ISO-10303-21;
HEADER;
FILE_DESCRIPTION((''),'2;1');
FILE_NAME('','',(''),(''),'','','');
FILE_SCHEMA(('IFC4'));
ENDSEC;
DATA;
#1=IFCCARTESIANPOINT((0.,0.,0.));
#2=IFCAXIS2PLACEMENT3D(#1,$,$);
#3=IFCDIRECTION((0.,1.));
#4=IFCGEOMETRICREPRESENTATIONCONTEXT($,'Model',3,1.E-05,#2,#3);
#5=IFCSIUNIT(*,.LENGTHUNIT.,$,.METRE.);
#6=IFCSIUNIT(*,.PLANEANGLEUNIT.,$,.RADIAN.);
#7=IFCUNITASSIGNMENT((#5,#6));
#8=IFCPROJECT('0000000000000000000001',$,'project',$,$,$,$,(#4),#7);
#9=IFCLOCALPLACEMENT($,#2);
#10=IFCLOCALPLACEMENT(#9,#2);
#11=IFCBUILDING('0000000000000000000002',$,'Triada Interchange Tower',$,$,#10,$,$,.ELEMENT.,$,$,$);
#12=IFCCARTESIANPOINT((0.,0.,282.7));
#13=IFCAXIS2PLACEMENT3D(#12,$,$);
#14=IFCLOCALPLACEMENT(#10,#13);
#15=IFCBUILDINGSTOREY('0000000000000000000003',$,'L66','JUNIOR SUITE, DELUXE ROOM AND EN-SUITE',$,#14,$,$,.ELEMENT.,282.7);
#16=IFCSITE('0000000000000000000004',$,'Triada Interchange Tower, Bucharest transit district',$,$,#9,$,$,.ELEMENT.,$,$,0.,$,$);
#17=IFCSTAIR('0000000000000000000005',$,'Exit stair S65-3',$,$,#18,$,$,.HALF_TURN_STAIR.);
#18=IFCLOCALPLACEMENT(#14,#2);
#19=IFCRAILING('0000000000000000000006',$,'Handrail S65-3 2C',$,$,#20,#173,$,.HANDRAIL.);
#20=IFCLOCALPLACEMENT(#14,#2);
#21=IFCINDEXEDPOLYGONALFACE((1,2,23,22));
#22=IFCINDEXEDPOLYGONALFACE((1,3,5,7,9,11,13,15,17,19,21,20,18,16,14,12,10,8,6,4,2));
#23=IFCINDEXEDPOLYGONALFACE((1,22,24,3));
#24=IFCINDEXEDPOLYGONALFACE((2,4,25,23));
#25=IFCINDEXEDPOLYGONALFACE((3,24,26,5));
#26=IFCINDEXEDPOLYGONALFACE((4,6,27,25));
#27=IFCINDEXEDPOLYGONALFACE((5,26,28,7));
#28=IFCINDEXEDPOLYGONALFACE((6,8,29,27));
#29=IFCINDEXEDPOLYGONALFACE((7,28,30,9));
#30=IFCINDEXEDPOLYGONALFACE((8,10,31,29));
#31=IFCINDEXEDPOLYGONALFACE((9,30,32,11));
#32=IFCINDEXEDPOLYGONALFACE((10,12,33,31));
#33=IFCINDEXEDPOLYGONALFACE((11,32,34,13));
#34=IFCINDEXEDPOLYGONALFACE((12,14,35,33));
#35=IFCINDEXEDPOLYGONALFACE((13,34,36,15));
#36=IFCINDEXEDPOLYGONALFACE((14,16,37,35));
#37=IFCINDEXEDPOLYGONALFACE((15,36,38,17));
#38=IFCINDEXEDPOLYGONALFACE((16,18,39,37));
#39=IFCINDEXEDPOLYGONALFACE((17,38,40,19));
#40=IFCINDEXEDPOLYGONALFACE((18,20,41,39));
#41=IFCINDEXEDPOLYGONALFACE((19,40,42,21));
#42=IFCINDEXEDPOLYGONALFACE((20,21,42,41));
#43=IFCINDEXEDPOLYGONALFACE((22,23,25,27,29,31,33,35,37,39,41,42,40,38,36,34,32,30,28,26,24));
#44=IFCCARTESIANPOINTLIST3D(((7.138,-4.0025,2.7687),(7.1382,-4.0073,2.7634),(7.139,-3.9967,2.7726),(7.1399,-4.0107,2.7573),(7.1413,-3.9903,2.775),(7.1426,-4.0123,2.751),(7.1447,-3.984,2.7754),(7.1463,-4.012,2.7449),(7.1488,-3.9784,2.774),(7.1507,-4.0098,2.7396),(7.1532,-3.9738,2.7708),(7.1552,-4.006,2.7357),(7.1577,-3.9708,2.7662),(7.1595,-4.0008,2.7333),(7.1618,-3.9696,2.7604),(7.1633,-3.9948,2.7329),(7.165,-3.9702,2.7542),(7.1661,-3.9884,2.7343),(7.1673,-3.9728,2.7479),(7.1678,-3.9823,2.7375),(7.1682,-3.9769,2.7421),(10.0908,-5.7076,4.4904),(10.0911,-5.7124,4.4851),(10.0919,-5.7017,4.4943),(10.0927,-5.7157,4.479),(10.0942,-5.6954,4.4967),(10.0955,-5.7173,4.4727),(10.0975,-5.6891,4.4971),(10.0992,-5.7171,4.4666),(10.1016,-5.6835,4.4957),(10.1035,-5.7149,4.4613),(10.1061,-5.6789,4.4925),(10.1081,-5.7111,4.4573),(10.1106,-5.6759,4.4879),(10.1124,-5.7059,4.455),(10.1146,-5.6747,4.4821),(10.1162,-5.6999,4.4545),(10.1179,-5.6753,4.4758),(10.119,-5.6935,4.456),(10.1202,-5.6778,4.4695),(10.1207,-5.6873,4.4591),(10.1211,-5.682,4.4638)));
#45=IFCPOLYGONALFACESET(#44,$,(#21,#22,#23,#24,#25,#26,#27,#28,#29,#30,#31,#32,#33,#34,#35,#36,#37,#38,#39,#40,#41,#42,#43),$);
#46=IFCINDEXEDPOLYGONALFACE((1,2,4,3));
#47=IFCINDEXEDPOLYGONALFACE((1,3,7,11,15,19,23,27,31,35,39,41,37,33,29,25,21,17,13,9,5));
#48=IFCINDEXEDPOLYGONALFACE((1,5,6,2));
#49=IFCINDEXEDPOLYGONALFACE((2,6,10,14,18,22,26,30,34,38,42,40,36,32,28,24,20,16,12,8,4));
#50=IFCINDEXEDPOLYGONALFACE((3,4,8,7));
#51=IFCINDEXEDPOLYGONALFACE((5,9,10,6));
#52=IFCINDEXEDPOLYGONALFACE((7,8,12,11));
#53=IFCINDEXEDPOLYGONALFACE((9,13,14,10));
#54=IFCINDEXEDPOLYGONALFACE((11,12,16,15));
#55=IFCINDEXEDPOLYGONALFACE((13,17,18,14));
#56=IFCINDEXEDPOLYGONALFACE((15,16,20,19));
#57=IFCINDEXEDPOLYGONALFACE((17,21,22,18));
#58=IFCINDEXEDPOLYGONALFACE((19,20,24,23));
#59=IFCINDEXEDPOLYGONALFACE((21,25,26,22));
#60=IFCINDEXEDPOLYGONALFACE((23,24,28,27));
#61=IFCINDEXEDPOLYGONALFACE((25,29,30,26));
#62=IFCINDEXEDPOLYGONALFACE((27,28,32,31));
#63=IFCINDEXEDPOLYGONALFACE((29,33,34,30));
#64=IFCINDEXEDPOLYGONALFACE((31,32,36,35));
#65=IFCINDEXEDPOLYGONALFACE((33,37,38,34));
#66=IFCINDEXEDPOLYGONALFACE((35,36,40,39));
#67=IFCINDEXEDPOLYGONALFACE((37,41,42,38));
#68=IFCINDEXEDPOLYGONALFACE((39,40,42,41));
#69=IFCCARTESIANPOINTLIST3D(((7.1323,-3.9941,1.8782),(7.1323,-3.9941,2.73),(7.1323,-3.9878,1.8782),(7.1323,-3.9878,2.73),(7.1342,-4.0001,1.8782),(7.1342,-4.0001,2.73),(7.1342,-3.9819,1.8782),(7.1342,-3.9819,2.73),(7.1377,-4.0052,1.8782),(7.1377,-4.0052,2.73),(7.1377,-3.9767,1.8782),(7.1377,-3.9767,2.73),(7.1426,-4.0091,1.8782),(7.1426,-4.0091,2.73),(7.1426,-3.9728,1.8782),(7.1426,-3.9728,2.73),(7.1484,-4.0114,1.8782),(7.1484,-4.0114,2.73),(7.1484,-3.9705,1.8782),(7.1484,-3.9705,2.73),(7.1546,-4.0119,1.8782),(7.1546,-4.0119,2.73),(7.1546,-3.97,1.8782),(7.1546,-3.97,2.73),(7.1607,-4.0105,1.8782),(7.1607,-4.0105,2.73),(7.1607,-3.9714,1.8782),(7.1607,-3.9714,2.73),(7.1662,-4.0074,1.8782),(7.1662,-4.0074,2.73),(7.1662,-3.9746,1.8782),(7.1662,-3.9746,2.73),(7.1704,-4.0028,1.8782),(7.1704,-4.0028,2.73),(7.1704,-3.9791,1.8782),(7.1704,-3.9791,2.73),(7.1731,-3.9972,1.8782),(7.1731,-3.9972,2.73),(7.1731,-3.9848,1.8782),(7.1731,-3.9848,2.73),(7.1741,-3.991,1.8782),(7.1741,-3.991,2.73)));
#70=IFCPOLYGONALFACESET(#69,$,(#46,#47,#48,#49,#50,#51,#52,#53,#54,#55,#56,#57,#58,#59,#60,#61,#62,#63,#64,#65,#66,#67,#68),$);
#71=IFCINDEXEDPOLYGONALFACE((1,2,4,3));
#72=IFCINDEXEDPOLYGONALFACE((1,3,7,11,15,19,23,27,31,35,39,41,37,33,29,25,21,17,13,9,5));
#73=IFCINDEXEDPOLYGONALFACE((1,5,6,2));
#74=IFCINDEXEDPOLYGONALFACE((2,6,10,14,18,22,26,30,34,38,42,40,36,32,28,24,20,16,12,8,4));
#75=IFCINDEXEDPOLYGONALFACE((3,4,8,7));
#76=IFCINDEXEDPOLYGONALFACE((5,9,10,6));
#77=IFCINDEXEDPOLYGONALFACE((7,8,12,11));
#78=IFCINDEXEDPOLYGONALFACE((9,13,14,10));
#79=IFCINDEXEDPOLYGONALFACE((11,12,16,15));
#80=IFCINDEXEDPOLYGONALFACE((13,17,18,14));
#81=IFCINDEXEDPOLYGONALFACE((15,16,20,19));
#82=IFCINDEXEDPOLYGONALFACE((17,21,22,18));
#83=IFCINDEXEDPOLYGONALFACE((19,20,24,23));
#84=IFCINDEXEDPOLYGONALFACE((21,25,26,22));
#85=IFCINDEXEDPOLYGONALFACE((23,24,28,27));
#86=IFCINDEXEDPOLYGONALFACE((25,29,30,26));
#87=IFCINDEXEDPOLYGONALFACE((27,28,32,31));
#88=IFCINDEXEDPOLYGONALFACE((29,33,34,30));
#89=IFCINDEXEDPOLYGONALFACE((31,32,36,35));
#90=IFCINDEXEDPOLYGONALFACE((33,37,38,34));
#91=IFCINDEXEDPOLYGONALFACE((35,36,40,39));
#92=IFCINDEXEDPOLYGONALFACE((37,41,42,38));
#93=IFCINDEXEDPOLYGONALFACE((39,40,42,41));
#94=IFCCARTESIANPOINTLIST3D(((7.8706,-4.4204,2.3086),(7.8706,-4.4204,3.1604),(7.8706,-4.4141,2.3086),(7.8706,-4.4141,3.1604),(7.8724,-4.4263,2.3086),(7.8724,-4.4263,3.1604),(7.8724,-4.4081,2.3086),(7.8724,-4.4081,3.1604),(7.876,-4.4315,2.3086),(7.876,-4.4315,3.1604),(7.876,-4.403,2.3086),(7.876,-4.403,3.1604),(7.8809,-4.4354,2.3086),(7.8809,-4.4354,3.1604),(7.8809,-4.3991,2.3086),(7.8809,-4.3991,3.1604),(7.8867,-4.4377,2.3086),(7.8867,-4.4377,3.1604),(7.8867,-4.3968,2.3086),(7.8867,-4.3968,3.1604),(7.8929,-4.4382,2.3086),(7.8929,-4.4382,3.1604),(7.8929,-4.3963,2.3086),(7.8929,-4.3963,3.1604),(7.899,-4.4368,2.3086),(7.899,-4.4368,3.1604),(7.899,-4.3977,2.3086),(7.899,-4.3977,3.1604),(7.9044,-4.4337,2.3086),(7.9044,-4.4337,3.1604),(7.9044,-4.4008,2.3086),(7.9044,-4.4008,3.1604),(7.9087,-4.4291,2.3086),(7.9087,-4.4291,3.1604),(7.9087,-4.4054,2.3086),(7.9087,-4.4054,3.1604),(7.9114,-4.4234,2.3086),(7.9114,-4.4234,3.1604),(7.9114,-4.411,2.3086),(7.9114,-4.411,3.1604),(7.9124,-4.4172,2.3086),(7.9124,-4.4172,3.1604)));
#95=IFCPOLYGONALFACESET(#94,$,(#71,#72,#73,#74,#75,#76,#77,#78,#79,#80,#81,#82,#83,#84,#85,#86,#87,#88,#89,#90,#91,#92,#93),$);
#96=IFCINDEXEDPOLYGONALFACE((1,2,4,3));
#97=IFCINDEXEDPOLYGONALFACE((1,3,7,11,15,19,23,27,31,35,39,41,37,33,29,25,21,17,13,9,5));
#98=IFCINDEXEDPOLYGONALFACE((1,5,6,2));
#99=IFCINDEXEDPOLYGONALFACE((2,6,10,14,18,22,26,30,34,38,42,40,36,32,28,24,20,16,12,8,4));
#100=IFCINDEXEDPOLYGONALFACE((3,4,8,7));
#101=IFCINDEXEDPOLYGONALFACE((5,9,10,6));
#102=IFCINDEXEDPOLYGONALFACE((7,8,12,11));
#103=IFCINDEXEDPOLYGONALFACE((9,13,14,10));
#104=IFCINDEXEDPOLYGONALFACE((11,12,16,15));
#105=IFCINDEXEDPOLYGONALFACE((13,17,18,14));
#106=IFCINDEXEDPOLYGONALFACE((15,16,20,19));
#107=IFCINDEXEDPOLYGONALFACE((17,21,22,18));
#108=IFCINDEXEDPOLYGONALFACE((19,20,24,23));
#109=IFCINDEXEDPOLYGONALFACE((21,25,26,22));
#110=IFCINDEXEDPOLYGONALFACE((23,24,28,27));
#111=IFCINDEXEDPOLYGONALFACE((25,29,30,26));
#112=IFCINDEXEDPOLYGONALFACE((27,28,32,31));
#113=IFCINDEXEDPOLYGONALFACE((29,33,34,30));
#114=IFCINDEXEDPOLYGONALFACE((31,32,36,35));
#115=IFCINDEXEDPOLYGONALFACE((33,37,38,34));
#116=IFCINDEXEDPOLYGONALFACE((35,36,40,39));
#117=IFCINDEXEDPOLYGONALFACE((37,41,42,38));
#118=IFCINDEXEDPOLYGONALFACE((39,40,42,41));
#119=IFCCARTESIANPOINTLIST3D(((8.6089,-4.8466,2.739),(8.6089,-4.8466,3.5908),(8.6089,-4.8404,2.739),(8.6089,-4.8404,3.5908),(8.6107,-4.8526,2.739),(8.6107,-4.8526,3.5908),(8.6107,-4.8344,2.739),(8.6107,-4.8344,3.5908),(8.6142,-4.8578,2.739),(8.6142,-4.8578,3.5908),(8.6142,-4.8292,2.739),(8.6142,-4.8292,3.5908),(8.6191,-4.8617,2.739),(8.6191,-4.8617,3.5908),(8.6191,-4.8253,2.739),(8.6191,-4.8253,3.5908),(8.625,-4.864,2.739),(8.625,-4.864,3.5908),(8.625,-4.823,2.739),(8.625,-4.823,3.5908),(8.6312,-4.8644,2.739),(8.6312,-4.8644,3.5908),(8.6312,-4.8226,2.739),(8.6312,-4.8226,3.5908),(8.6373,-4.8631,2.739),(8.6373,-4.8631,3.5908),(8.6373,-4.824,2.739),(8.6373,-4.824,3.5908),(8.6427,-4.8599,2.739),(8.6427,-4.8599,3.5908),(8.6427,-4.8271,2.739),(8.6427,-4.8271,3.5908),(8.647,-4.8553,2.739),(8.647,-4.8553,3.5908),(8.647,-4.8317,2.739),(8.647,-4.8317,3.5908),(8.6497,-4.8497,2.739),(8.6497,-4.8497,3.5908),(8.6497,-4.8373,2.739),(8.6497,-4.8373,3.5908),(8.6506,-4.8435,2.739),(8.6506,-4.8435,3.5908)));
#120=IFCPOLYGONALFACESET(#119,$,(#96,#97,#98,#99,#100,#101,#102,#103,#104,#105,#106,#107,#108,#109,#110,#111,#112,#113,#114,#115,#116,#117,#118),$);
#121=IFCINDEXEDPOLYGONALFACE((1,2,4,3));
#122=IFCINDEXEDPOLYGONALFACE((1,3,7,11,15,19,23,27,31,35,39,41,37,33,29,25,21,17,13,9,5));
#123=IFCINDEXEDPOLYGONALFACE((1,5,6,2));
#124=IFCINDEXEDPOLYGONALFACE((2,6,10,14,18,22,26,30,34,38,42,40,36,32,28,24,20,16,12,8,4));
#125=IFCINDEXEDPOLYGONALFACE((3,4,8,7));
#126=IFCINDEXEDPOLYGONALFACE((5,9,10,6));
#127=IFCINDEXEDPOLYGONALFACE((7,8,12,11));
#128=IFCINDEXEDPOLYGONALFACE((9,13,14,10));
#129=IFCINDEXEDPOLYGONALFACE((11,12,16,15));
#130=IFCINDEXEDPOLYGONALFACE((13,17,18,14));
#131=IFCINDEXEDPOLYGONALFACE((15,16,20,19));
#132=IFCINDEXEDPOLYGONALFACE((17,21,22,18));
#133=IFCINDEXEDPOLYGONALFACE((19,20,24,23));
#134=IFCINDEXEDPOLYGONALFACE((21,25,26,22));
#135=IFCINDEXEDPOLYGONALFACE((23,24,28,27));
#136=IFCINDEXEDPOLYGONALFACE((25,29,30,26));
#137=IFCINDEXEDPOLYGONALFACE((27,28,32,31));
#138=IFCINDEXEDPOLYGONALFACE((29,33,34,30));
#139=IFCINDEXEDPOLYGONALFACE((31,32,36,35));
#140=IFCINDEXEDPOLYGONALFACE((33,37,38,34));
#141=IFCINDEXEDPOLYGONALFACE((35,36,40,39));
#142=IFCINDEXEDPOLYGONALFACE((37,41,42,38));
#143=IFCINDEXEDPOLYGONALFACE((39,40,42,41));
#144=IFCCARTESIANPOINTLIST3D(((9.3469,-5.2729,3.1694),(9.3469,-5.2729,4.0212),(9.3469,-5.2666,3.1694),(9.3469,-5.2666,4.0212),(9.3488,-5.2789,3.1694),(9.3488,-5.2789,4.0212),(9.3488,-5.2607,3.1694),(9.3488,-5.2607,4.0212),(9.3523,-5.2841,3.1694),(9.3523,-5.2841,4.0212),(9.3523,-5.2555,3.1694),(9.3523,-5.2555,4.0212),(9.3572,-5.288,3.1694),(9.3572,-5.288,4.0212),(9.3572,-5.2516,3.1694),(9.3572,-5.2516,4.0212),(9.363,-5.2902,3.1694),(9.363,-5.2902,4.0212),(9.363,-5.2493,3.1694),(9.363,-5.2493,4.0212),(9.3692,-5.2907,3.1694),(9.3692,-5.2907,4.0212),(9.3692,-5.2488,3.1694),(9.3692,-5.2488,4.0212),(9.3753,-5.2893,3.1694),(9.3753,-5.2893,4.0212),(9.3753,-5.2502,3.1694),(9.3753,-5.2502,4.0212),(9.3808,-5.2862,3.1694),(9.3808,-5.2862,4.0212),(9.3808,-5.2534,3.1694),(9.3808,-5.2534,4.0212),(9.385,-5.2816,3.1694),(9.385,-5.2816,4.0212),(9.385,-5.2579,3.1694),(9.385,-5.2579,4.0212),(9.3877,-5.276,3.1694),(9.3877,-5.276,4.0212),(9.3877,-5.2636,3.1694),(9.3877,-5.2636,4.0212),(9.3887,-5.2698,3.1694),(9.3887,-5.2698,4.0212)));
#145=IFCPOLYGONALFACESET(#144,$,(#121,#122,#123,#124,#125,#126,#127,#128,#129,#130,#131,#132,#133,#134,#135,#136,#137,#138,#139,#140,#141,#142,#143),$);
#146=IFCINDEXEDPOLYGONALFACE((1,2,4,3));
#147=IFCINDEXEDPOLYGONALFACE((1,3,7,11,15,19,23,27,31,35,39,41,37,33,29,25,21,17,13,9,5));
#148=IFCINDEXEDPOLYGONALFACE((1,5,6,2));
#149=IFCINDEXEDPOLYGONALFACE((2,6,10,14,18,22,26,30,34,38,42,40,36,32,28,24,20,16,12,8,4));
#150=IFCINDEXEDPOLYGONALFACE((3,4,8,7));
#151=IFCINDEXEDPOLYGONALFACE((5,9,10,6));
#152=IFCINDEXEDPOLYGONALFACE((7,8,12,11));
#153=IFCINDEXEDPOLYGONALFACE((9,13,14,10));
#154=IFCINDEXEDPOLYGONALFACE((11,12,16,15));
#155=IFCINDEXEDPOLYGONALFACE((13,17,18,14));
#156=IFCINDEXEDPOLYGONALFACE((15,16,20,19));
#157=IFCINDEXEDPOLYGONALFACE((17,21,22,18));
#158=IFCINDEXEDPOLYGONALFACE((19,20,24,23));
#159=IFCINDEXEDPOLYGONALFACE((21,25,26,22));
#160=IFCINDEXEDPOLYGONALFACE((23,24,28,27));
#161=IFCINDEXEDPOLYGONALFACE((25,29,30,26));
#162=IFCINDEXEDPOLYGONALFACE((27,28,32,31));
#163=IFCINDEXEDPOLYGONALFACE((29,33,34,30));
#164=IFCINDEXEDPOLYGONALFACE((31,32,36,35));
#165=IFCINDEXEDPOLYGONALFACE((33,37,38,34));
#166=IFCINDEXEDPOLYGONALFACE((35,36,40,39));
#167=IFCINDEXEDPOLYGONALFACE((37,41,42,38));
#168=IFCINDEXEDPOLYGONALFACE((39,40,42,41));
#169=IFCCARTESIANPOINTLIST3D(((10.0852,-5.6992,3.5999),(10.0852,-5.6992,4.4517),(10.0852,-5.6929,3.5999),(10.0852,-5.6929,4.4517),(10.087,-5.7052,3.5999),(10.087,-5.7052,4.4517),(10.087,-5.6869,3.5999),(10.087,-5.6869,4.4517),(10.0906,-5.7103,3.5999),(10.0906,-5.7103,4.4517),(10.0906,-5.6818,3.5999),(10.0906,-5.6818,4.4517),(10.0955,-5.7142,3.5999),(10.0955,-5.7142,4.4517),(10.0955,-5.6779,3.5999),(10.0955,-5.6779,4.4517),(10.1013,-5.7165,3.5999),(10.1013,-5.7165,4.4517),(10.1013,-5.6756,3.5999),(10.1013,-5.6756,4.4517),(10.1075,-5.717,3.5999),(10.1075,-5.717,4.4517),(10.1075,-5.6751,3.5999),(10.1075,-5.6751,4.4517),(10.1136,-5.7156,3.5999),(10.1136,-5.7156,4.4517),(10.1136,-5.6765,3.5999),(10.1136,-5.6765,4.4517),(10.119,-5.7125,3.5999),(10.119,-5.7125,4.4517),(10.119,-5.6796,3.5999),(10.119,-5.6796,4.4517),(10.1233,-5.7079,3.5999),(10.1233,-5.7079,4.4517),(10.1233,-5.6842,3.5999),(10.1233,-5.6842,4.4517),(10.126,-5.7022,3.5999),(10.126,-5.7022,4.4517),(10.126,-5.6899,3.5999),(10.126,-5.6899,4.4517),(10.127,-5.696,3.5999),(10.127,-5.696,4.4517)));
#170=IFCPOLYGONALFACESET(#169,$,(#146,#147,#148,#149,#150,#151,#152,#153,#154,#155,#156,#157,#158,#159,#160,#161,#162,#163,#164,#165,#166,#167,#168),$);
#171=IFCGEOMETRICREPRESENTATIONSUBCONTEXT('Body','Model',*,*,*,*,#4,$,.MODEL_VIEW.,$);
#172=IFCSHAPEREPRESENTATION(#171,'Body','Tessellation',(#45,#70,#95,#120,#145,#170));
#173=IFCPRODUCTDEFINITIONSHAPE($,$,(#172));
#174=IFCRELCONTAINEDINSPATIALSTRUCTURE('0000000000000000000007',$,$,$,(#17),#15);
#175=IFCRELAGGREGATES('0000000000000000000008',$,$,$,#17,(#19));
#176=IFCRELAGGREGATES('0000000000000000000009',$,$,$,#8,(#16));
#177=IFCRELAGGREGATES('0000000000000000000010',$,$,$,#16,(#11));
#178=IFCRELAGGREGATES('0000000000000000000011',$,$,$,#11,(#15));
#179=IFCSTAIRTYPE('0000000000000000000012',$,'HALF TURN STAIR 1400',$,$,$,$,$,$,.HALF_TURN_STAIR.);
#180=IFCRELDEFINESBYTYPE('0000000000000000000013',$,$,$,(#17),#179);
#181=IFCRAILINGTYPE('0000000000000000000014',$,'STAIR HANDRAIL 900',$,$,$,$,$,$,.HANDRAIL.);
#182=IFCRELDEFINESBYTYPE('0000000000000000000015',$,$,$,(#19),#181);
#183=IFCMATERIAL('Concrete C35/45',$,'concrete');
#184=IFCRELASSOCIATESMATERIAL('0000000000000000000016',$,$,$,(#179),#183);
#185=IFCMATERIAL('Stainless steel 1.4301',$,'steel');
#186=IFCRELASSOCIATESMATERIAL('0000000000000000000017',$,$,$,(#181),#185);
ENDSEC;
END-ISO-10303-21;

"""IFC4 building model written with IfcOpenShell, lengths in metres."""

from ifc_helpers import new_model, si_unit, direction, frame, origin, origin_2d, place, context, subcontext, project, spatial, circle, extrude, material, type_object, element, aggregate, save


model = new_model("IFC4")

# Units and contexts
model_context = context("Model", 3, precision=1e-05, world=origin(), true_north=direction((0.0, 1.0)))
body_context = subcontext(model_context, "Body", "Model", "MODEL_VIEW")
ifc_project = project(units=[si_unit("LENGTHUNIT", "METRE"), si_unit("PLANEANGLEUNIT", "RADIAN")], contexts=[model_context])

# Site, building, storey
site_placement = place(None, origin())
site = spatial("IfcSite", under=ifc_project, at=site_placement, Name="Triada Interchange Tower, Bucharest transit district", CompositionType="ELEMENT", RefElevation=0.0)
building_placement = place(site_placement, origin())
building = spatial("IfcBuilding", under=site, at=building_placement, Name="Triada Interchange Tower", CompositionType="ELEMENT")
storey_placement = place(building_placement, frame((0.0, 0.0, 282.7)))
storey = spatial("IfcBuildingStorey", under=building, at=storey_placement, Name="L66", Description="JUNIOR SUITE, DELUXE ROOM AND EN-SUITE", CompositionType="ELEMENT", Elevation=282.7)

# Stair, railing
ifc_material_1 = material(Name="Concrete C35/45", Category="concrete")
stair_type = type_object("IfcStairType", Name="HALF TURN STAIR 1400", PredefinedType="HALF_TURN_STAIR", material=ifc_material_1)
stair_placement = place(storey_placement, origin())
stair = element("IfcStair", 1, at=stair_placement, inside=storey, type_object=stair_type, Name="Exit stair S65-3", PredefinedType="HALF_TURN_STAIR")
ifc_material_2 = material(Name="Stainless steel 1.4301", Category="steel")
railing_type = type_object("IfcRailingType", Name="STAIR HANDRAIL 900", PredefinedType="HANDRAIL", material=ifc_material_2)
railing_1_placement = place(storey_placement, frame((7.1531, -3.991, 1.8782)))
railing_1 = element("IfcRailing", 2, at=railing_1_placement, type_object=railing_type, Name="Handrail S65-3 2C", PredefinedType="HANDRAIL", context=body_context, shape_type="SweptSolid", body=[
    extrude(circle(Radius=0.0239, at=origin_2d()), frame((0.0, 0.0, 0.876), z_axis=(0.773043, -0.446377, 0.450723), x_axis=(0.500051, 0.865996, 0.0)), (0.0, 0.0, 1.0), 3.8198),
    extrude(circle(Radius=0.021, at=origin_2d()), origin(), (0.0, 0.0, 1.0), 0.8518),
    extrude(circle(Radius=0.021, at=origin_2d()), frame((0.7383, -0.4263, 0.4304)), (0.0, 0.0, 1.0), 0.8518),
    extrude(circle(Radius=0.021, at=origin_2d()), frame((1.4766, -0.8525, 0.8608)), (0.0, 0.0, 1.0), 0.8518),
    extrude(circle(Radius=0.021, at=origin_2d()), frame((2.2146, -1.2788, 1.2913)), (0.0, 0.0, 1.0), 0.8518),
    extrude(circle(Radius=0.021, at=origin_2d()), frame((2.9529, -1.7051, 1.7217)), (0.0, 0.0, 1.0), 0.8518),
])
aggregate(stair, [railing_1])

save(model, "model.ifc")
